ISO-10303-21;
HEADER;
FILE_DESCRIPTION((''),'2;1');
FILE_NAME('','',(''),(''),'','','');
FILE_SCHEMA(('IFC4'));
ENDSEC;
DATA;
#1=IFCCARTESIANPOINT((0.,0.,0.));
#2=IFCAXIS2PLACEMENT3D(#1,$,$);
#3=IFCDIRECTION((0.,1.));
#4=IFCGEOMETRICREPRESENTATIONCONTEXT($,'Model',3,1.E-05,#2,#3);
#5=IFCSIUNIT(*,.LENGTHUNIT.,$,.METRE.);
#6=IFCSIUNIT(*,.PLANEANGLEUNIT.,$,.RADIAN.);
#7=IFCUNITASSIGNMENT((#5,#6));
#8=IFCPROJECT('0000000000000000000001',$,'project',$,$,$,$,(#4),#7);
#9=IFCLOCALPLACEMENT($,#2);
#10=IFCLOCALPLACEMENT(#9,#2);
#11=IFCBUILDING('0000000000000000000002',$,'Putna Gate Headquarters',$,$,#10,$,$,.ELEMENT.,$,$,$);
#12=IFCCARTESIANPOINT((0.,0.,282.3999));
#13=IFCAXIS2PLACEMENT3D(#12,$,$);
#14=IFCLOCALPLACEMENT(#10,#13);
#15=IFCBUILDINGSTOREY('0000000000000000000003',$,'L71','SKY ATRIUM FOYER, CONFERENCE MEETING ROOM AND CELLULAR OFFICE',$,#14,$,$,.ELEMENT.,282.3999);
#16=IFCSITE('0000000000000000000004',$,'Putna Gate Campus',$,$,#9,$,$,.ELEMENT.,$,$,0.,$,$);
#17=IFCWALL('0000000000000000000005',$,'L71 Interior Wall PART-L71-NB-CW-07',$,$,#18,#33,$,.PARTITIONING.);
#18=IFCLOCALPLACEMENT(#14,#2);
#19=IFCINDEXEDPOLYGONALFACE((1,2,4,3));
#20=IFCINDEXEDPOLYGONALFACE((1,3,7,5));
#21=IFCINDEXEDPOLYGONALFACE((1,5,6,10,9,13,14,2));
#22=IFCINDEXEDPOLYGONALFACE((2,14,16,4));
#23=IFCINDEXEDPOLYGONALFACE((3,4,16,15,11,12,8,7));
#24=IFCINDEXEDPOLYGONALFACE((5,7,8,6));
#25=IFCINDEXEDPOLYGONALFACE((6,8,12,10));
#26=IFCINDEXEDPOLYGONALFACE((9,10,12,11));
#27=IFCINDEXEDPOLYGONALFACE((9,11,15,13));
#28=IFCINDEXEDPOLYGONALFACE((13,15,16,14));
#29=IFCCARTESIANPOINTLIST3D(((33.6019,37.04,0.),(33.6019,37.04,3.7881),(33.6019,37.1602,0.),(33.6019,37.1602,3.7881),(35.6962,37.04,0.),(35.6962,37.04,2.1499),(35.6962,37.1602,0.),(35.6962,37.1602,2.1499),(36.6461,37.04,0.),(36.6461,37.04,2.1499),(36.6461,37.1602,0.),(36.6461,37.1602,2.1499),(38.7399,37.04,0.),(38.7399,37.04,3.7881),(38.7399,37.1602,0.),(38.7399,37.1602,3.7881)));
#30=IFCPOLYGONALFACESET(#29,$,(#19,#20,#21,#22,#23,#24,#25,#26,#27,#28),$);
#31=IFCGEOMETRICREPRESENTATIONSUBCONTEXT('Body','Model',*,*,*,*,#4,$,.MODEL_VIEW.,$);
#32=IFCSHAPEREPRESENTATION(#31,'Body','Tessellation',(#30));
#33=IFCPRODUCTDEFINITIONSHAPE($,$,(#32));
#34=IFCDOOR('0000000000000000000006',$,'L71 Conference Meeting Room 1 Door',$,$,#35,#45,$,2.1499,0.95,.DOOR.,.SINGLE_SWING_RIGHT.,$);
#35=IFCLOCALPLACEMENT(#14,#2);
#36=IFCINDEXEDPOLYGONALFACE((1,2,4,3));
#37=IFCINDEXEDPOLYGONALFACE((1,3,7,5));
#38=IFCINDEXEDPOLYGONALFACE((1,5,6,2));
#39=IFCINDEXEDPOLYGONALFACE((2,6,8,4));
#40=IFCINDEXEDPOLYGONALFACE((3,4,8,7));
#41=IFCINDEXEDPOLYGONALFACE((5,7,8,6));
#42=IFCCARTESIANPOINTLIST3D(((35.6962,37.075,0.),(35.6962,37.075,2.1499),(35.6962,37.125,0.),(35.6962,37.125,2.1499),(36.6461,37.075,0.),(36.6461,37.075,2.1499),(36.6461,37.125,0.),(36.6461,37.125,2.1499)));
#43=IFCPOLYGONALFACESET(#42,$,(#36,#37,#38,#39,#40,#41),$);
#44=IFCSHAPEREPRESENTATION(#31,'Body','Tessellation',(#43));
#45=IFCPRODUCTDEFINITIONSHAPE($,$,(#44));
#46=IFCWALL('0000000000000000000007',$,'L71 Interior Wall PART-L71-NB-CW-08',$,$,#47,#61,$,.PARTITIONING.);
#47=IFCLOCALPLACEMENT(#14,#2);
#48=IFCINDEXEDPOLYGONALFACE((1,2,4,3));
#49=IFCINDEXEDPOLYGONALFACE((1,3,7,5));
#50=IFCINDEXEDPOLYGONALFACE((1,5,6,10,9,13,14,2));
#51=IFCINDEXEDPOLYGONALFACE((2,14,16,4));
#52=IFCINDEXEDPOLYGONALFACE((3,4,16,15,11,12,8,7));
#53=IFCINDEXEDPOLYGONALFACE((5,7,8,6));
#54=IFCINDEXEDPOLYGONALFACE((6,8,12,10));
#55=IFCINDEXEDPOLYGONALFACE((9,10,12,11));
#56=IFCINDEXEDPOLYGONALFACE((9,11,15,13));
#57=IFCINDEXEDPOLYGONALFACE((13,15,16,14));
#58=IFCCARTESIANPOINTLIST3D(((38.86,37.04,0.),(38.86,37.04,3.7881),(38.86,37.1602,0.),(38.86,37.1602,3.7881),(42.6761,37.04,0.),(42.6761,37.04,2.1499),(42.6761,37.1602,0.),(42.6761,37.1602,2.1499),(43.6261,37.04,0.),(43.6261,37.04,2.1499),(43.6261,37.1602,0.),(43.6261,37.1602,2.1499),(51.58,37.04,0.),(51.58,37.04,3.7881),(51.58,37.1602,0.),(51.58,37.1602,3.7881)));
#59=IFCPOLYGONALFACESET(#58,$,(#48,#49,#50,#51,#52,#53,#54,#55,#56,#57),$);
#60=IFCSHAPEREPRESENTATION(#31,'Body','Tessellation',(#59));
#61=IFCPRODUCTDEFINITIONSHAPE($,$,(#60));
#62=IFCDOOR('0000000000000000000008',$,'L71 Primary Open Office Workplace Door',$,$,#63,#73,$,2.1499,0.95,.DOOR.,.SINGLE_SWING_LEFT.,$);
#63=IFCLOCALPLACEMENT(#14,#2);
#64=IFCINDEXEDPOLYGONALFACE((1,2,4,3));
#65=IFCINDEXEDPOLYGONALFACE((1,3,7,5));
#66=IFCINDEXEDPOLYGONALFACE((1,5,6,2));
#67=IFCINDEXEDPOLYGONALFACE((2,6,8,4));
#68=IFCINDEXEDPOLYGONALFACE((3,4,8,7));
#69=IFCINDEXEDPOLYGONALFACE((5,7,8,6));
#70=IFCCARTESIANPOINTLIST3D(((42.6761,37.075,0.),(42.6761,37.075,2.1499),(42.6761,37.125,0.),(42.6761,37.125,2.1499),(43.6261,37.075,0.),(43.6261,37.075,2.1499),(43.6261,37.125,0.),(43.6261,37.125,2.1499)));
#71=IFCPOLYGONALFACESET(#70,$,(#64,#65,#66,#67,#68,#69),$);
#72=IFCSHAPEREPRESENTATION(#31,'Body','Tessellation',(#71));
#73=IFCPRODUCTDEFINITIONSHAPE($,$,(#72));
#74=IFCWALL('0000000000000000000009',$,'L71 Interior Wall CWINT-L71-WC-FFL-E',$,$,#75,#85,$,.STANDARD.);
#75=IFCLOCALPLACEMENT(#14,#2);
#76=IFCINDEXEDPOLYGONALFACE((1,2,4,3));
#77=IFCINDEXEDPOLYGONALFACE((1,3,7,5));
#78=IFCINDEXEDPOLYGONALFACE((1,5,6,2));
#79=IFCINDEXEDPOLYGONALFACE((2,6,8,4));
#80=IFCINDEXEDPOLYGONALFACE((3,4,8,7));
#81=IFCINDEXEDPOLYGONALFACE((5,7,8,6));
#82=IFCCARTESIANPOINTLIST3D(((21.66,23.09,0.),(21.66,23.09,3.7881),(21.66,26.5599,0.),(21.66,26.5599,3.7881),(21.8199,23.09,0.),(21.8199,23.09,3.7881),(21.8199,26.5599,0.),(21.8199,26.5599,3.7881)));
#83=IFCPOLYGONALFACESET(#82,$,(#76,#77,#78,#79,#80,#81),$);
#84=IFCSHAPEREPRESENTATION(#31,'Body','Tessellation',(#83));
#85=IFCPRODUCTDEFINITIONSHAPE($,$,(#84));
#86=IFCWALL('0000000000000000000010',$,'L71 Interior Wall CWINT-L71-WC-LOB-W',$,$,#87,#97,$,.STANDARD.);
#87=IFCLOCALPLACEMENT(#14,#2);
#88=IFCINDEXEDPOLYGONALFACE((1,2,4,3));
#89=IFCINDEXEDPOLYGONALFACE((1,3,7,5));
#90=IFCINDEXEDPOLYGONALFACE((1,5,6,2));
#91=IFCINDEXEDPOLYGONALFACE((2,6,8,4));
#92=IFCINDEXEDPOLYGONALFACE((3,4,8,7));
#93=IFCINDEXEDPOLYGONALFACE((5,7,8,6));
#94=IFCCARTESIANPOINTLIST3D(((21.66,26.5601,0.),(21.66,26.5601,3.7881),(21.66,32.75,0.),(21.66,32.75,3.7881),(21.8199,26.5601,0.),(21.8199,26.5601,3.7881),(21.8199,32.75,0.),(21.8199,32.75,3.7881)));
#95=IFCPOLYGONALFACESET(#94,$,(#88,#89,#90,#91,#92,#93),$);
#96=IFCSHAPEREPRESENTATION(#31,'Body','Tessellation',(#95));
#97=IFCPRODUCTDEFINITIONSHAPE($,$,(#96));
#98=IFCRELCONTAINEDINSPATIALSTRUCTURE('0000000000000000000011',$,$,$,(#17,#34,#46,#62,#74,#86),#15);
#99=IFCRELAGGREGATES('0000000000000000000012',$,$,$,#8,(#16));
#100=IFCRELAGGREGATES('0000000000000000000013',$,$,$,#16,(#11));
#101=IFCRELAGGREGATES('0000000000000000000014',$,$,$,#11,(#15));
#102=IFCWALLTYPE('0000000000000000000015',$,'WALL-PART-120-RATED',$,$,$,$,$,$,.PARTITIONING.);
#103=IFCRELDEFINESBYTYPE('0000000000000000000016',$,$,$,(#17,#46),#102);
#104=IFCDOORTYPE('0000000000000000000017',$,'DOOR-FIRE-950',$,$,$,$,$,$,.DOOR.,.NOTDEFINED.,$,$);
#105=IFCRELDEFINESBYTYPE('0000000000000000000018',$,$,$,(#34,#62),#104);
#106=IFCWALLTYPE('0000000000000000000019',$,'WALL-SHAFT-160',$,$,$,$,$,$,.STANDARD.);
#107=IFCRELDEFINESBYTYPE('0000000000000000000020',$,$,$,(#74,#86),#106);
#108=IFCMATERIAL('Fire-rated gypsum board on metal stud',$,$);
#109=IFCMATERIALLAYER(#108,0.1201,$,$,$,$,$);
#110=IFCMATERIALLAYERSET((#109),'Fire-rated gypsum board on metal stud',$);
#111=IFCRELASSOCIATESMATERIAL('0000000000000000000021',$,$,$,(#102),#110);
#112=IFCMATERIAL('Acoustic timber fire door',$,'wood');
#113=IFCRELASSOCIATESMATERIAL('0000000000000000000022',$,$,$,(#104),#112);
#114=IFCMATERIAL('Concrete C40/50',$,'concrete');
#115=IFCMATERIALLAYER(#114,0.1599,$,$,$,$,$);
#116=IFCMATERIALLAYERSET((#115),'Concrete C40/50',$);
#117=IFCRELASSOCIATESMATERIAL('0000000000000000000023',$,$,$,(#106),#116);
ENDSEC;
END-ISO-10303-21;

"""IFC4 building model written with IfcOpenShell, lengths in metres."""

from ifc_helpers import new_model, si_unit, direction, frame, frame_2d, origin, place, context, subcontext, project, spatial, rectangle, extrude, material, layer, layer_set, type_object, element, fill, save


model = new_model("IFC4")

# Units and contexts
model_context = context("Model", 3, precision=1e-05, world=origin(), true_north=direction((0.0, 1.0)))
body_context = subcontext(model_context, "Body", "Model", "MODEL_VIEW")
ifc_project = project(units=[si_unit("LENGTHUNIT", "METRE"), si_unit("PLANEANGLEUNIT", "RADIAN")], contexts=[model_context])

# Site, building, storey
site_placement = place(None, origin())
site = spatial("IfcSite", under=ifc_project, at=site_placement, Name="Putna Gate Campus", CompositionType="ELEMENT", RefElevation=0.0)
building_placement = place(site_placement, origin())
building = spatial("IfcBuilding", under=site, at=building_placement, Name="Putna Gate Headquarters", CompositionType="ELEMENT")
storey_placement = place(building_placement, frame((0.0, 0.0, 282.3999)))
storey = spatial("IfcBuildingStorey", under=building, at=storey_placement, Name="L71", Description="SKY ATRIUM FOYER, CONFERENCE MEETING ROOM AND CELLULAR OFFICE", CompositionType="ELEMENT", Elevation=282.3999)

# Shared definitions
ifc_material_1 = material(Name="Fire-rated gypsum board on metal stud")
ifc_layer_1 = layer(ifc_material_1, 0.1201)
ifc_layer_set_1 = layer_set([ifc_layer_1], Name="Fire-rated gypsum board on metal stud")
wall_type_1 = type_object("IfcWallType", Name="WALL-PART-120-RATED", PredefinedType="PARTITIONING", material=ifc_layer_set_1)

# Walls, openings, doors
ifc_material_2 = material(Name="Acoustic timber fire door", Category="wood")
door_type = type_object("IfcDoorType", Name="DOOR-FIRE-950", OperationType="NOTDEFINED", PredefinedType="DOOR", material=ifc_material_2)
wall_1_placement = place(storey_placement, frame((33.6021, 37.1001, 0.0), z_axis=(0.0, 0.0, 1.0), x_axis=(1.0, 0.0, 0.0)))
wall_1 = element("IfcWall", 1, at=wall_1_placement, inside=storey, type_object=wall_type_1, Name="L71 Interior Wall PART-L71-NB-CW-07", PredefinedType="PARTITIONING", context=body_context, shape_type="SweptSolid", body=[
    extrude(rectangle(XDim=5.1379, YDim=0.1201, at=frame_2d((2.5688, 0.0))), origin(), (0.0, 0.0, 1.0), 3.7881),
])
opening_1_placement = place(wall_1_placement, frame((2.094, 0.0, 0.0)))
opening_1 = element("IfcOpeningElement", 2, at=opening_1_placement, cuts=wall_1, PredefinedType="OPENING", context=body_context, shape_type="SweptSolid", body=[
    extrude(rectangle(XDim=0.95, YDim=2.1499, at=frame_2d((0.4751, 1.075))), frame((0.0, 0.0701, 0.0), z_axis=(0.0, -1.0, 0.0), x_axis=(1.0, 0.0, 0.0)), (0.0, 0.0, 1.0), 0.1401),
])
door_1_placement = place(opening_1_placement, origin())
door_1 = element("IfcDoor", 3, at=door_1_placement, inside=storey, type_object=door_type, Name="L71 Conference Meeting Room 1 Door", OperationType="SINGLE_SWING_RIGHT", OverallHeight=2.1499, OverallWidth=0.95, PredefinedType="DOOR", context=body_context, shape_type="SweptSolid", body=[
    extrude(rectangle(XDim=0.95, YDim=2.1499, at=frame_2d((0.4751, 1.075))), frame((0.0, 0.0249, 0.0), z_axis=(0.0, -1.0, 0.0), x_axis=(1.0, 0.0, 0.0)), (0.0, 0.0, 1.0), 0.05),
])
fill(opening_1, door_1)
wall_2_placement = place(storey_placement, frame((38.8601, 37.1001, 0.0), z_axis=(0.0, 0.0, 1.0), x_axis=(1.0, 0.0, 0.0)))
wall_2 = element("IfcWall", 4, at=wall_2_placement, inside=storey, type_object=wall_type_1, Name="L71 Interior Wall PART-L71-NB-CW-08", PredefinedType="PARTITIONING", context=body_context, shape_type="SweptSolid", body=[
    extrude(rectangle(XDim=12.72, YDim=0.1201, at=frame_2d((6.3599, 0.0))), origin(), (0.0, 0.0, 1.0), 3.7881),
])
opening_2_placement = place(wall_2_placement, frame((3.8159, 0.0, 0.0)))
opening_2 = element("IfcOpeningElement", 5, at=opening_2_placement, cuts=wall_2, PredefinedType="OPENING", context=body_context, shape_type="SweptSolid", body=[
    extrude(rectangle(XDim=0.95, YDim=2.1499, at=frame_2d((0.4751, 1.075))), frame((0.0, 0.0701, 0.0), z_axis=(0.0, -1.0, 0.0), x_axis=(1.0, 0.0, 0.0)), (0.0, 0.0, 1.0), 0.1401),
])
door_2_placement = place(opening_2_placement, origin())
door_2 = element("IfcDoor", 6, at=door_2_placement, inside=storey, type_object=door_type, Name="L71 Primary Open Office Workplace Door", OperationType="SINGLE_SWING_LEFT", OverallHeight=2.1499, OverallWidth=0.95, PredefinedType="DOOR", context=body_context, shape_type="SweptSolid", body=[
    extrude(rectangle(XDim=0.95, YDim=2.1499, at=frame_2d((0.4751, 1.075))), frame((0.0, 0.0249, 0.0), z_axis=(0.0, -1.0, 0.0), x_axis=(1.0, 0.0, 0.0)), (0.0, 0.0, 1.0), 0.05),
])
fill(opening_2, door_2)

# Walls
ifc_material_3 = material(Name="Concrete C40/50", Category="concrete")
ifc_layer_2 = layer(ifc_material_3, 0.1599)
ifc_layer_set_2 = layer_set([ifc_layer_2], Name="Concrete C40/50")
wall_type_2 = type_object("IfcWallType", Name="WALL-SHAFT-160", PredefinedType="STANDARD", material=ifc_layer_set_2)
wall_3_placement = place(storey_placement, frame((21.74, 23.0901, 0.0), z_axis=(0.0, 0.0, 1.0), x_axis=(0.0, 1.0, 0.0)))
element("IfcWall", 7, at=wall_3_placement, inside=storey, type_object=wall_type_2, Name="L71 Interior Wall CWINT-L71-WC-FFL-E", PredefinedType="STANDARD", context=body_context, shape_type="SweptSolid", body=[
    extrude(rectangle(XDim=3.47, YDim=0.1599, at=frame_2d((1.7349, 0.0))), origin(), (0.0, 0.0, 1.0), 3.7881),
])
wall_4_placement = place(storey_placement, frame((21.74, 26.5601, 0.0), z_axis=(0.0, 0.0, 1.0), x_axis=(0.0, 1.0, 0.0)))
element("IfcWall", 8, at=wall_4_placement, inside=storey, type_object=wall_type_2, Name="L71 Interior Wall CWINT-L71-WC-LOB-W", PredefinedType="STANDARD", context=body_context, shape_type="SweptSolid", body=[
    extrude(rectangle(XDim=6.1899, YDim=0.1599, at=frame_2d((3.095, 0.0))), origin(), (0.0, 0.0, 1.0), 3.7881),
])

save(model, "model.ifc")
